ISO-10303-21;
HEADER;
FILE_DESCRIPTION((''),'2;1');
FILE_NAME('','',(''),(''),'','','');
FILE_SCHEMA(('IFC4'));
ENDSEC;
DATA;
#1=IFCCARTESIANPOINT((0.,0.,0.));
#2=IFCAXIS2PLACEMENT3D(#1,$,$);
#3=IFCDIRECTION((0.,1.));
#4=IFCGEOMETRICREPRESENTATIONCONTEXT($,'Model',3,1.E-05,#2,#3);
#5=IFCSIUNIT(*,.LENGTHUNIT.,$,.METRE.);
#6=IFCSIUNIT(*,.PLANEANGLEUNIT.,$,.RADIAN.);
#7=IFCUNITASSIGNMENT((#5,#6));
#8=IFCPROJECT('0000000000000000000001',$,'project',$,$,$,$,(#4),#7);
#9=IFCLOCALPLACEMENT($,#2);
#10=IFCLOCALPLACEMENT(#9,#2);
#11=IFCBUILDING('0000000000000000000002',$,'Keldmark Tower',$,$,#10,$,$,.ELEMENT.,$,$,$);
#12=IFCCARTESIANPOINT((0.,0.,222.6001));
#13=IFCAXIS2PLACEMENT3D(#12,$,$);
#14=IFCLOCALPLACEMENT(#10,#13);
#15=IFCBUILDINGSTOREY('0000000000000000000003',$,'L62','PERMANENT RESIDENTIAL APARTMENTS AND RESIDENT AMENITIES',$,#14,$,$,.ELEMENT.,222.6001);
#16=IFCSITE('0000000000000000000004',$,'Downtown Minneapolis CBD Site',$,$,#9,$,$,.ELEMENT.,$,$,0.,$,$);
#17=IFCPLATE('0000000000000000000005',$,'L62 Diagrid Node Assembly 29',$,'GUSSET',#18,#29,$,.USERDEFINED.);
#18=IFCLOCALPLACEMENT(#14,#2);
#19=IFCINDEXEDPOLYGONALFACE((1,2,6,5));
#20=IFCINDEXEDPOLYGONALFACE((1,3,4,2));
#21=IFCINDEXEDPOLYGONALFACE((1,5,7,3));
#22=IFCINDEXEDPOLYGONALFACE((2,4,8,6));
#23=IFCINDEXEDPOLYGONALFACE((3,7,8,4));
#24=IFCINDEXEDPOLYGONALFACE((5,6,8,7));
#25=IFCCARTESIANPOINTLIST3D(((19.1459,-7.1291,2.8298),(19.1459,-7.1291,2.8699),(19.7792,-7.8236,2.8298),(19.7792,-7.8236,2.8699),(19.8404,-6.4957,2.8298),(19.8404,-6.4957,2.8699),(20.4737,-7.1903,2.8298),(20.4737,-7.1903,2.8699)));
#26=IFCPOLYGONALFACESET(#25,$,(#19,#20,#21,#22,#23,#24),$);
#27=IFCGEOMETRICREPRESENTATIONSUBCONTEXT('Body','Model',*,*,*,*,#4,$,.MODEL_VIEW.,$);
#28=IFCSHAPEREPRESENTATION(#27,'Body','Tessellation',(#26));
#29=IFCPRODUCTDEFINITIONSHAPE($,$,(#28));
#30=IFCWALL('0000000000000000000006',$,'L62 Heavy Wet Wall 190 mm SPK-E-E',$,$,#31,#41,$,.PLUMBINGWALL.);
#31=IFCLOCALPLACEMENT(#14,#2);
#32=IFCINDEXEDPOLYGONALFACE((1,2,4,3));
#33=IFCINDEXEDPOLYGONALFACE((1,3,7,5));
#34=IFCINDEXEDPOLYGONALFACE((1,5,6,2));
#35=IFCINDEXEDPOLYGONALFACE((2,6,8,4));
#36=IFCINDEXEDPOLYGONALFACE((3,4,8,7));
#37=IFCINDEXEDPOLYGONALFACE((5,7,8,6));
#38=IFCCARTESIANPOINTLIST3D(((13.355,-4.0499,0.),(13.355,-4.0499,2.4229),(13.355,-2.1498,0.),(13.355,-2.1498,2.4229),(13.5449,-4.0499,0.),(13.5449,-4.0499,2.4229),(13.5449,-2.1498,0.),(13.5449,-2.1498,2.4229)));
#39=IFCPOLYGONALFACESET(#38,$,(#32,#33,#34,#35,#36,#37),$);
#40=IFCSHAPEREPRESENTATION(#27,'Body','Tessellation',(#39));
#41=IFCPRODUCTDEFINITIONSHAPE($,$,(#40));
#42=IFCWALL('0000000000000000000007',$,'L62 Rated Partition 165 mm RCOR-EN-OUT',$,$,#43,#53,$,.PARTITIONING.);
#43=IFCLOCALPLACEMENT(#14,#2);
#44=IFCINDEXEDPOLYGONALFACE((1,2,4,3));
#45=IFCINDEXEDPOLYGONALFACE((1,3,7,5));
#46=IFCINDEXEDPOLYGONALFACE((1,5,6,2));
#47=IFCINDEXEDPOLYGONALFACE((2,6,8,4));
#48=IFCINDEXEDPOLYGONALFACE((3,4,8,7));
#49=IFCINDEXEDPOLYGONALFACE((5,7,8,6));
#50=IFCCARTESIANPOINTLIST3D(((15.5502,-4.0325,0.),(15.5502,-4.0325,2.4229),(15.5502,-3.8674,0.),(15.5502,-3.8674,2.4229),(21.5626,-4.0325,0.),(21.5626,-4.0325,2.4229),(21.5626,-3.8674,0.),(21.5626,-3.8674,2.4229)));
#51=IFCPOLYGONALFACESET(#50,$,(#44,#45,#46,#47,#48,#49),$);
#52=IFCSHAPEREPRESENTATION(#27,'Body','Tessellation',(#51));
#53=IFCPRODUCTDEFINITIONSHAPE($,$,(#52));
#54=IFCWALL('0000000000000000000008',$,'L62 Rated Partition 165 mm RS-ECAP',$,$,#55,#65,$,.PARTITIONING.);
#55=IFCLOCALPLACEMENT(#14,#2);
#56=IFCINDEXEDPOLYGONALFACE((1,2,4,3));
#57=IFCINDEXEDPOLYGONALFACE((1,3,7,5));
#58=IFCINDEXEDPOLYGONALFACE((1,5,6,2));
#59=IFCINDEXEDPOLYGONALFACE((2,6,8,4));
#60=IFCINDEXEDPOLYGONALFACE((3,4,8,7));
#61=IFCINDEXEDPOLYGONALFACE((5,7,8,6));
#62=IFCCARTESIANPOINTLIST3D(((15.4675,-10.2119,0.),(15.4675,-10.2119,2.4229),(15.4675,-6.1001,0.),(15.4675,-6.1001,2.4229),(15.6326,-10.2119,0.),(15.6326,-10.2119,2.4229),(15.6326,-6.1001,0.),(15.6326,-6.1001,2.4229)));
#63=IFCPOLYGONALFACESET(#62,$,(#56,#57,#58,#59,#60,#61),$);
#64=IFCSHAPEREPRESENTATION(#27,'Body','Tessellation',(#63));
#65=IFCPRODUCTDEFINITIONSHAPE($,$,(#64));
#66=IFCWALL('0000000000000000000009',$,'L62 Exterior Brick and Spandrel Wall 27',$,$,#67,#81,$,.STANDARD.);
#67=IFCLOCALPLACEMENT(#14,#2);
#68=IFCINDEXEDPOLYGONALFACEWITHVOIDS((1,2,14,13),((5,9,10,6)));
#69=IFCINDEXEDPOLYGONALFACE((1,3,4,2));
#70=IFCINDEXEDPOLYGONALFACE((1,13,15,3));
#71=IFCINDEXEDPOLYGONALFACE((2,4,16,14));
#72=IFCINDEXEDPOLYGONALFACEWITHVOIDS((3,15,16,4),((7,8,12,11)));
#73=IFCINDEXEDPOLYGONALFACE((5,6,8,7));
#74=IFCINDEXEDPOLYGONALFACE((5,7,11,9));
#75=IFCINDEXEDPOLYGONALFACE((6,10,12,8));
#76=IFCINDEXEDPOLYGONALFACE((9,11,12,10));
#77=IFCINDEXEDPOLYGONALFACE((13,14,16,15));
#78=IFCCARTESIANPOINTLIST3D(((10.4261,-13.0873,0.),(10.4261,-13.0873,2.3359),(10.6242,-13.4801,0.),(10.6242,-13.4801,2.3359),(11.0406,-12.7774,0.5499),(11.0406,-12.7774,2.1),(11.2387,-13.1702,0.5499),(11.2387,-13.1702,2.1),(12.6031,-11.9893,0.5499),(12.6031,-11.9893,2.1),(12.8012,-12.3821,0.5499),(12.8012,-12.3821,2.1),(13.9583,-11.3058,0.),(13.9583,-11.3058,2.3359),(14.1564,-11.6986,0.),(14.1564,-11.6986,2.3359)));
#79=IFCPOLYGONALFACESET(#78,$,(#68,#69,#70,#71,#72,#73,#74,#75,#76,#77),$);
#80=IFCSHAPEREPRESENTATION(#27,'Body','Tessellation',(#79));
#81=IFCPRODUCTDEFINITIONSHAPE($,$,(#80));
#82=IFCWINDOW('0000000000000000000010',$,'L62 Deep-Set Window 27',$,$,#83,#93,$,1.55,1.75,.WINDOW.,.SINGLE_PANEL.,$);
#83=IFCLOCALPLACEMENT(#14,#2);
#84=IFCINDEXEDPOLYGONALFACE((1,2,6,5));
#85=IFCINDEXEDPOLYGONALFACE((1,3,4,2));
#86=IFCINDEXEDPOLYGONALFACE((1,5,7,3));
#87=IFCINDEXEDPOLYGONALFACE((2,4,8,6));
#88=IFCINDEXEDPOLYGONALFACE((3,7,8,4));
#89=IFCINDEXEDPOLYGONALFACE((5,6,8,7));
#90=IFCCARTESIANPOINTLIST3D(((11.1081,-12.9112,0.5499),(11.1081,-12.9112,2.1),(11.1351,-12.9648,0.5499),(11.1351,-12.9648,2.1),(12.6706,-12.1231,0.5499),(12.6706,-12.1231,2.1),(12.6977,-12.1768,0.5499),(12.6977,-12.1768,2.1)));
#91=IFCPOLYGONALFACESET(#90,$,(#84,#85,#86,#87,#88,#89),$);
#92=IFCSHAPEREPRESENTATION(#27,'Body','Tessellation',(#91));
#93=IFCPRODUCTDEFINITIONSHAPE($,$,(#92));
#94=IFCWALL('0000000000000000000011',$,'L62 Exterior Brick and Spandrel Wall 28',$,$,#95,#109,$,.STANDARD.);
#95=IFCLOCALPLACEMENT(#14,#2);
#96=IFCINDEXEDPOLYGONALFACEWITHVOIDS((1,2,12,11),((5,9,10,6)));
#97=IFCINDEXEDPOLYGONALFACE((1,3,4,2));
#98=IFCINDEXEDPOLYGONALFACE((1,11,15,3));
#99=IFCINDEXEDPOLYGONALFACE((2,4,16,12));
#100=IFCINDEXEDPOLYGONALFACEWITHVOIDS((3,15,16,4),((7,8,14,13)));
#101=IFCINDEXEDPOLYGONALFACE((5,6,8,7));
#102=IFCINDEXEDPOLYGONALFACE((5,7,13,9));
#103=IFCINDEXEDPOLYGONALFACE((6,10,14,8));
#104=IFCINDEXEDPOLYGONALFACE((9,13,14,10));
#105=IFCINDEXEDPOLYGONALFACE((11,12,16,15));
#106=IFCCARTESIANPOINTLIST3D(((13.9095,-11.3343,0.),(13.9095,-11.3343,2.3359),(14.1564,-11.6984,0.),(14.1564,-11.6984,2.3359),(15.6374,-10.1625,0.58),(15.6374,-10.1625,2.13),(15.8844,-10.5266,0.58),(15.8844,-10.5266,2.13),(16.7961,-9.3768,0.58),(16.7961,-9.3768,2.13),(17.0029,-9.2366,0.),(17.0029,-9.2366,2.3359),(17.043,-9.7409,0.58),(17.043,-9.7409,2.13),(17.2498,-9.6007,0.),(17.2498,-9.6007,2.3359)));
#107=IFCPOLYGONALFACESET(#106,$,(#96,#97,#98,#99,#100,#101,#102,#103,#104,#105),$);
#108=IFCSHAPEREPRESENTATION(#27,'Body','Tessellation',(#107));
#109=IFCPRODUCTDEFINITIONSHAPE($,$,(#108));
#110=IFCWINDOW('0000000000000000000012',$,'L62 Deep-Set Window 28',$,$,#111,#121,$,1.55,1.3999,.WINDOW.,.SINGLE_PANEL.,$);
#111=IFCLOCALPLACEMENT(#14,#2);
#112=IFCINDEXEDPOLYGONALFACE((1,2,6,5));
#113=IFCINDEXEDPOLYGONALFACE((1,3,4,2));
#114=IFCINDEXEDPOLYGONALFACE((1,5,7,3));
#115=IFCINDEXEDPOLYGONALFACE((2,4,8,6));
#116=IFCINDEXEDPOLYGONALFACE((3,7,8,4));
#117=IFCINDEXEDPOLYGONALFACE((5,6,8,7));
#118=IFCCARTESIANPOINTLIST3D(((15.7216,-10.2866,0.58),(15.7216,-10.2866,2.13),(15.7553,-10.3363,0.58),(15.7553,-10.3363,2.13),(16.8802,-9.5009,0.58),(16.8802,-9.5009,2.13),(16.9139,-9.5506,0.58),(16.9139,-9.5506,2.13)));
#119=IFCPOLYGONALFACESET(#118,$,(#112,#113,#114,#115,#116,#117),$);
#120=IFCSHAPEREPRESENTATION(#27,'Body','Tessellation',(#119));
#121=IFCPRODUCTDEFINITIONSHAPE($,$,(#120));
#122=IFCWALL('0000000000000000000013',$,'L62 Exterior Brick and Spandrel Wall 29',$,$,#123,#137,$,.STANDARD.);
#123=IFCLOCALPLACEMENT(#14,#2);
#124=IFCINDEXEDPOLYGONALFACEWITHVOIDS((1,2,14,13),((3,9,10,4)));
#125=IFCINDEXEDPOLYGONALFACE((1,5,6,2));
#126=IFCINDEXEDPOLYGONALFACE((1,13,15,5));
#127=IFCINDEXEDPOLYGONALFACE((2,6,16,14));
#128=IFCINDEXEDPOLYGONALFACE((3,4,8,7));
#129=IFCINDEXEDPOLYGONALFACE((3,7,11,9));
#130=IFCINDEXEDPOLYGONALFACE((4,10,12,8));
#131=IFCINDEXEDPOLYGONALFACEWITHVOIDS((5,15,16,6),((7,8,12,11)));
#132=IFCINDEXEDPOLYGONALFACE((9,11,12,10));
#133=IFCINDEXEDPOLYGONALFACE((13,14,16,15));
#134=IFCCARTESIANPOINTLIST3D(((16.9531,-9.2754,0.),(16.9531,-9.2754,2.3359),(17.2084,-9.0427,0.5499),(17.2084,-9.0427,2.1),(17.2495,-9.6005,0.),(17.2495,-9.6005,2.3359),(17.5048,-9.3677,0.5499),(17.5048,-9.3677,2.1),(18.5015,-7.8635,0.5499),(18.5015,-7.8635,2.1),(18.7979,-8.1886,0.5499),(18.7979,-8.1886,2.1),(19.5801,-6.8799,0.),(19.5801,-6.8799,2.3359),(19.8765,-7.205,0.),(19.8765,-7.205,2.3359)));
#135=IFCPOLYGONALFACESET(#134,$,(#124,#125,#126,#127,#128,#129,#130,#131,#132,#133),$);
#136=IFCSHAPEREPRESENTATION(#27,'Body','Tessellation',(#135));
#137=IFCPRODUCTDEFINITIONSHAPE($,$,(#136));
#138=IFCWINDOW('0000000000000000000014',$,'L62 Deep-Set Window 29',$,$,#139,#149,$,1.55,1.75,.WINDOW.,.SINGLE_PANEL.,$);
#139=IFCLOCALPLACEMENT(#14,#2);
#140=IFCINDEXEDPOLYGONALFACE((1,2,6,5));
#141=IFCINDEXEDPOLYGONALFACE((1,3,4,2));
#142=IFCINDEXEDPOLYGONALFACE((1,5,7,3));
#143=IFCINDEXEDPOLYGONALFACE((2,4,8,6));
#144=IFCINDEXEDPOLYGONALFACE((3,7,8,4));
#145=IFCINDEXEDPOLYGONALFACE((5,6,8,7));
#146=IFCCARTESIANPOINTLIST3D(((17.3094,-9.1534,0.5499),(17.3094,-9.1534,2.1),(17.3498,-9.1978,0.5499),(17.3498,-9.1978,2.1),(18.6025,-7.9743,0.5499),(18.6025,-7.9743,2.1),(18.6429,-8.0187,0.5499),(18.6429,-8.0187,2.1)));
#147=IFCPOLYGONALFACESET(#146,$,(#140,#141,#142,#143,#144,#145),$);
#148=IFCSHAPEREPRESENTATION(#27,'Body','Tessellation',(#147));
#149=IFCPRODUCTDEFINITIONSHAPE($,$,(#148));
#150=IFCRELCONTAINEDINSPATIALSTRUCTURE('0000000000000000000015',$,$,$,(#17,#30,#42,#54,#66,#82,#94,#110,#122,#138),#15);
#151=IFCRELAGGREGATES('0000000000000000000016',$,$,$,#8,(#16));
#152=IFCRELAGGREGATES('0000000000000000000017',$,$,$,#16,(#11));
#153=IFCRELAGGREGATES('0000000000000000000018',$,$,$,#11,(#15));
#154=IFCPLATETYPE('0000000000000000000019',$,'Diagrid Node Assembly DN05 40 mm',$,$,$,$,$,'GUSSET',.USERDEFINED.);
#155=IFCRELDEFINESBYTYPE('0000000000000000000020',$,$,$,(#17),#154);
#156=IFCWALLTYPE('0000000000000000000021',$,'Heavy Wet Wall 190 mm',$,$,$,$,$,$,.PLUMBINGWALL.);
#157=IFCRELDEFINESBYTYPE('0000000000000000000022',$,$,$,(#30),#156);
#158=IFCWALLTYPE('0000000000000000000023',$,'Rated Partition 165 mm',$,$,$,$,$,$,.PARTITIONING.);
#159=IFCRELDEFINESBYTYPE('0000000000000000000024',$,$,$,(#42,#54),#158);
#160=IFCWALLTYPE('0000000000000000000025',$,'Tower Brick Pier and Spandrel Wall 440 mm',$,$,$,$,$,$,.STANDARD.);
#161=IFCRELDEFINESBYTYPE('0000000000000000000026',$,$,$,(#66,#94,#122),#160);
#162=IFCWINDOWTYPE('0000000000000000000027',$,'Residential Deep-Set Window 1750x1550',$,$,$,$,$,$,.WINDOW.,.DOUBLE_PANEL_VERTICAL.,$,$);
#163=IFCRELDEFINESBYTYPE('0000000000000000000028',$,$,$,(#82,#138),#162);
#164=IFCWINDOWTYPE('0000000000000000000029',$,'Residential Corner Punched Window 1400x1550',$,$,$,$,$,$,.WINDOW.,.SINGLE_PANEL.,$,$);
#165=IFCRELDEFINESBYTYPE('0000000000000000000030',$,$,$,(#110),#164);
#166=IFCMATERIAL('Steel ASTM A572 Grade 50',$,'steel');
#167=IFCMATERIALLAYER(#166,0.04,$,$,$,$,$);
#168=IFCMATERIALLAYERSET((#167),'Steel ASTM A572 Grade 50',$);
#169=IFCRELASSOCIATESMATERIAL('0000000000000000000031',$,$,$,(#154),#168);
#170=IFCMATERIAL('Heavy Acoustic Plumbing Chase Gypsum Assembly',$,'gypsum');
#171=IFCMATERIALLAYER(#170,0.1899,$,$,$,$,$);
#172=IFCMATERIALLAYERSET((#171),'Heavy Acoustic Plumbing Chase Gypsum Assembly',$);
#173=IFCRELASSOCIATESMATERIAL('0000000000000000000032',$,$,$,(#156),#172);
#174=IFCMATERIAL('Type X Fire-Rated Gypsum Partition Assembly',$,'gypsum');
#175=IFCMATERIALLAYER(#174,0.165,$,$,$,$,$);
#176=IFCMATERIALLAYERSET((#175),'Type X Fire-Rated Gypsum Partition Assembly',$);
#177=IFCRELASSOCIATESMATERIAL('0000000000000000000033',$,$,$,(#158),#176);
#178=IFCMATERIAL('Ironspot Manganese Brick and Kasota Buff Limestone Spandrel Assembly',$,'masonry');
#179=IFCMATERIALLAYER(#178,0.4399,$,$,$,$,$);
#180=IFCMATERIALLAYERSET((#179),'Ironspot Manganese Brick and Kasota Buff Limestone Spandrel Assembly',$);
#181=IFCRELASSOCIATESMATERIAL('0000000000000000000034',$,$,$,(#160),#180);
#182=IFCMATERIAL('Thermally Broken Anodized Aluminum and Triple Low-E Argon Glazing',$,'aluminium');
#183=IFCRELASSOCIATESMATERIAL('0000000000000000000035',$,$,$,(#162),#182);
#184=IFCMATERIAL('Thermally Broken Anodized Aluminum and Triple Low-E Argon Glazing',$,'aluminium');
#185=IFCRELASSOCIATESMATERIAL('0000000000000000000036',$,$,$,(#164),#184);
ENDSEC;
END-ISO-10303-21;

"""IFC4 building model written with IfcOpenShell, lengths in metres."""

from ifc_helpers import new_model, si_unit, direction, frame, frame_2d, origin, origin_2d, place, context, subcontext, project, spatial, rectangle, extrude, material, layer, layer_set, type_object, element, fill, save


model = new_model("IFC4")

# Units and contexts
model_context = context("Model", 3, precision=1e-05, world=origin(), true_north=direction((0.0, 1.0)))
body_context = subcontext(model_context, "Body", "Model", "MODEL_VIEW")
ifc_project = project(units=[si_unit("LENGTHUNIT", "METRE"), si_unit("PLANEANGLEUNIT", "RADIAN")], contexts=[model_context])

# Site, building, storey
site_placement = place(None, origin())
site = spatial("IfcSite", under=ifc_project, at=site_placement, Name="Downtown Minneapolis CBD Site", CompositionType="ELEMENT", RefElevation=0.0)
building_placement = place(site_placement, origin())
building = spatial("IfcBuilding", under=site, at=building_placement, Name="Keldmark Tower", CompositionType="ELEMENT")
storey_placement = place(building_placement, frame((0.0, 0.0, 222.6001)))
storey = spatial("IfcBuildingStorey", under=building, at=storey_placement, Name="L62", Description="PERMANENT RESIDENTIAL APARTMENTS AND RESIDENT AMENITIES", CompositionType="ELEMENT", Elevation=222.6001)

# Plate
ifc_material_1 = material(Name="Steel ASTM A572 Grade 50", Category="steel")
ifc_layer_1 = layer(ifc_material_1, 0.04)
ifc_layer_set_1 = layer_set([ifc_layer_1], Name="Steel ASTM A572 Grade 50")
plate_type = type_object("IfcPlateType", Name="Diagrid Node Assembly DN05 40 mm", ElementType="GUSSET", PredefinedType="USERDEFINED", material=ifc_layer_set_1)
for number, where, z_axis, x_axis, name in (
    (1, (19.8098, -7.1597, 2.8298), (0.0, 0.0, 1.0), (0.738926, 0.673787, 0.0), "L62 Diagrid Node Assembly 29"),
):
    element("IfcPlate", number, at=place(storey_placement, frame(where, z_axis=z_axis, x_axis=x_axis)), inside=storey, type_object=plate_type, Name=name, ObjectType="GUSSET", PredefinedType="USERDEFINED", context=body_context, shape_type="SweptSolid", body=[
        extrude(rectangle(XDim=0.9399, YDim=0.9399, at=origin_2d()), origin(), (0.0, 0.0, 1.0), 0.04),
    ])

# Walls
ifc_material_2 = material(Name="Heavy Acoustic Plumbing Chase Gypsum Assembly", Category="gypsum")
ifc_layer_2 = layer(ifc_material_2, 0.1899)
ifc_layer_set_2 = layer_set([ifc_layer_2], Name="Heavy Acoustic Plumbing Chase Gypsum Assembly")
wall_type_1 = type_object("IfcWallType", Name="Heavy Wet Wall 190 mm", PredefinedType="PLUMBINGWALL", material=ifc_layer_set_2)
wall_1_placement = place(storey_placement, frame((13.45, -4.05, 0.0), z_axis=(0.0, 0.0, 1.0), x_axis=(0.0, 1.0, 0.0)))
element("IfcWall", 2, at=wall_1_placement, inside=storey, type_object=wall_type_1, Name="L62 Heavy Wet Wall 190 mm SPK-E-E", PredefinedType="PLUMBINGWALL", context=body_context, shape_type="SweptSolid", body=[
    extrude(rectangle(XDim=1.9001, YDim=0.1899, at=frame_2d((0.9502, 0.0))), origin(), (0.0, 0.0, 1.0), 2.4229),
])
ifc_material_3 = material(Name="Type X Fire-Rated Gypsum Partition Assembly", Category="gypsum")
ifc_layer_3 = layer(ifc_material_3, 0.165)
ifc_layer_set_3 = layer_set([ifc_layer_3], Name="Type X Fire-Rated Gypsum Partition Assembly")
wall_type_2 = type_object("IfcWallType", Name="Rated Partition 165 mm", PredefinedType="PARTITIONING", material=ifc_layer_set_3)
wall_2_placement = place(storey_placement, frame((15.55, -3.95, 0.0), z_axis=(0.0, 0.0, 1.0), x_axis=(1.0, 0.0, 0.0)))
element("IfcWall", 3, at=wall_2_placement, inside=storey, type_object=wall_type_2, Name="L62 Rated Partition 165 mm RCOR-EN-OUT", PredefinedType="PARTITIONING", context=body_context, shape_type="SweptSolid", body=[
    extrude(rectangle(XDim=6.0125, YDim=0.165, at=frame_2d((3.0063, 0.0))), origin(), (0.0, 0.0, 1.0), 2.4229),
])

# Wall
wall_3_placement = place(storey_placement, frame((15.55, -10.2119, 0.0), z_axis=(0.0, 0.0, 1.0), x_axis=(0.0, 1.0, 0.0)))
element("IfcWall", 4, at=wall_3_placement, inside=storey, type_object=wall_type_2, Name="L62 Rated Partition 165 mm RS-ECAP", PredefinedType="PARTITIONING", context=body_context, shape_type="SweptSolid", body=[
    extrude(rectangle(XDim=4.1118, YDim=0.165, at=frame_2d((2.0559, 0.0))), origin(), (0.0, 0.0, 1.0), 2.4229),
])

# Walls, openings, windows
ifc_material_4 = material(Name="Ironspot Manganese Brick and Kasota Buff Limestone Spandrel Assembly", Category="masonry")
ifc_layer_4 = layer(ifc_material_4, 0.4399)
ifc_layer_set_4 = layer_set([ifc_layer_4], Name="Ironspot Manganese Brick and Kasota Buff Limestone Spandrel Assembly")
wall_type_3 = type_object("IfcWallType", Name="Tower Brick Pier and Spandrel Wall 440 mm", PredefinedType="STANDARD", material=ifc_layer_set_4)
wall_4_placement = place(storey_placement, frame((14.0574, -11.5022, 0.0), z_axis=(0.0, 0.0, 1.0), x_axis=(-0.892867, -0.450321, 0.0)))
wall_4 = element("IfcWall", 5, at=wall_4_placement, inside=storey, type_object=wall_type_3, Name="L62 Exterior Brick and Spandrel Wall 27", PredefinedType="STANDARD", context=body_context, shape_type="SweptSolid", body=[
    extrude(rectangle(XDim=3.9561, YDim=0.4399, at=frame_2d((1.978, 0.0))), origin(), (0.0, 0.0, 1.0), 2.3359),
])
opening_1_placement = place(wall_4_placement, frame((1.5178, 0.0, 0.55)))
opening_1 = element("IfcOpeningElement", 6, at=opening_1_placement, cuts=wall_4, PredefinedType="OPENING", context=body_context, shape_type="SweptSolid", body=[
    extrude(rectangle(XDim=1.75, YDim=1.55, at=frame_2d((0.875, 0.7749))), frame((0.0, 0.23, 0.0), z_axis=(0.0, -1.0, 0.0), x_axis=(1.0, 0.0, 0.0)), (0.0, 0.0, 1.0), 0.46),
])
ifc_material_5 = material(Name="Thermally Broken Anodized Aluminum and Triple Low-E Argon Glazing", Category="aluminium")
window_type_1 = type_object("IfcWindowType", Name="Residential Deep-Set Window 1750x1550", PartitioningType="DOUBLE_PANEL_VERTICAL", PredefinedType="WINDOW", material=ifc_material_5)
window_1_placement = place(opening_1_placement, origin())
window_1 = element("IfcWindow", 7, at=window_1_placement, inside=storey, type_object=window_type_1, Name="L62 Deep-Set Window 27", OverallHeight=1.55, OverallWidth=1.75, PartitioningType="SINGLE_PANEL", PredefinedType="WINDOW", context=body_context, shape_type="SweptSolid", body=[
    extrude(rectangle(XDim=1.75, YDim=1.55, at=frame_2d((0.875, 0.7749))), frame((0.0, -0.01, 0.0), z_axis=(0.0, -1.0, 0.0), x_axis=(1.0, 0.0, 0.0)), (0.0, 0.0, 1.0), 0.0601),
])
fill(opening_1, window_1)
wall_5_placement = place(storey_placement, frame((17.1262, -9.4187, 0.0), z_axis=(0.0, 0.0, 1.0), x_axis=(-0.827643, -0.561255, 0.0)))
wall_5 = element("IfcWall", 8, at=wall_5_placement, inside=storey, type_object=wall_type_3, Name="L62 Exterior Brick and Spandrel Wall 28", PredefinedType="STANDARD", context=body_context, shape_type="SweptSolid", body=[
    extrude(rectangle(XDim=3.7375, YDim=0.4399, at=frame_2d((1.8687, 0.0))), origin(), (0.0, 0.0, 1.0), 2.3359),
])
opening_2_placement = place(wall_5_placement, frame((0.2498, 0.0, 0.5801)))
opening_2 = element("IfcOpeningElement", 9, at=opening_2_placement, cuts=wall_5, PredefinedType="OPENING", context=body_context, shape_type="SweptSolid", body=[
    extrude(rectangle(XDim=1.3999, YDim=1.55, at=frame_2d((0.7, 0.7749))), frame((0.0, 0.23, 0.0), z_axis=(0.0, -1.0, 0.0), x_axis=(1.0, 0.0, 0.0)), (0.0, 0.0, 1.0), 0.46),
])
ifc_material_6 = material(Name="Thermally Broken Anodized Aluminum and Triple Low-E Argon Glazing", Category="aluminium")
window_type_2 = type_object("IfcWindowType", Name="Residential Corner Punched Window 1400x1550", PartitioningType="SINGLE_PANEL", PredefinedType="WINDOW", material=ifc_material_6)
window_2_placement = place(opening_2_placement, origin())
window_2 = element("IfcWindow", 10, at=window_2_placement, inside=storey, type_object=window_type_2, Name="L62 Deep-Set Window 28", OverallHeight=1.55, OverallWidth=1.3999, PartitioningType="SINGLE_PANEL", PredefinedType="WINDOW", context=body_context, shape_type="SweptSolid", body=[
    extrude(rectangle(XDim=1.3999, YDim=1.55, at=frame_2d((0.7, 0.7749))), frame((0.0, -0.01, 0.0), z_axis=(0.0, -1.0, 0.0), x_axis=(1.0, 0.0, 0.0)), (0.0, 0.0, 1.0), 0.0601),
])
fill(opening_2, window_2)
wall_6_placement = place(storey_placement, frame((19.7283, -7.0425, 0.0), z_axis=(0.0, 0.0, 1.0), x_axis=(-0.738908, -0.673807, 0.0)))
wall_6 = element("IfcWall", 11, at=wall_6_placement, inside=storey, type_object=wall_type_3, Name="L62 Exterior Brick and Spandrel Wall 29", PredefinedType="STANDARD", context=body_context, shape_type="SweptSolid", body=[
    extrude(rectangle(XDim=3.5552, YDim=0.4399, at=frame_2d((1.7776, 0.0))), origin(), (0.0, 0.0, 1.0), 2.3359),
])
opening_3_placement = place(wall_6_placement, frame((1.4597, 0.0, 0.55)))
opening_3 = element("IfcOpeningElement", 12, at=opening_3_placement, cuts=wall_6, PredefinedType="OPENING", context=body_context, shape_type="SweptSolid", body=[
    extrude(rectangle(XDim=1.75, YDim=1.55, at=frame_2d((0.875, 0.7749))), frame((0.0, 0.23, 0.0), z_axis=(0.0, -1.0, 0.0), x_axis=(1.0, 0.0, 0.0)), (0.0, 0.0, 1.0), 0.46),
])
window_3_placement = place(opening_3_placement, origin())
window_3 = element("IfcWindow", 13, at=window_3_placement, inside=storey, type_object=window_type_1, Name="L62 Deep-Set Window 29", OverallHeight=1.55, OverallWidth=1.75, PartitioningType="SINGLE_PANEL", PredefinedType="WINDOW", context=body_context, shape_type="SweptSolid", body=[
    extrude(rectangle(XDim=1.75, YDim=1.55, at=frame_2d((0.875, 0.7749))), frame((0.0, -0.01, 0.0), z_axis=(0.0, -1.0, 0.0), x_axis=(1.0, 0.0, 0.0)), (0.0, 0.0, 1.0), 0.0601),
])
fill(opening_3, window_3)

save(model, "model.ifc")
